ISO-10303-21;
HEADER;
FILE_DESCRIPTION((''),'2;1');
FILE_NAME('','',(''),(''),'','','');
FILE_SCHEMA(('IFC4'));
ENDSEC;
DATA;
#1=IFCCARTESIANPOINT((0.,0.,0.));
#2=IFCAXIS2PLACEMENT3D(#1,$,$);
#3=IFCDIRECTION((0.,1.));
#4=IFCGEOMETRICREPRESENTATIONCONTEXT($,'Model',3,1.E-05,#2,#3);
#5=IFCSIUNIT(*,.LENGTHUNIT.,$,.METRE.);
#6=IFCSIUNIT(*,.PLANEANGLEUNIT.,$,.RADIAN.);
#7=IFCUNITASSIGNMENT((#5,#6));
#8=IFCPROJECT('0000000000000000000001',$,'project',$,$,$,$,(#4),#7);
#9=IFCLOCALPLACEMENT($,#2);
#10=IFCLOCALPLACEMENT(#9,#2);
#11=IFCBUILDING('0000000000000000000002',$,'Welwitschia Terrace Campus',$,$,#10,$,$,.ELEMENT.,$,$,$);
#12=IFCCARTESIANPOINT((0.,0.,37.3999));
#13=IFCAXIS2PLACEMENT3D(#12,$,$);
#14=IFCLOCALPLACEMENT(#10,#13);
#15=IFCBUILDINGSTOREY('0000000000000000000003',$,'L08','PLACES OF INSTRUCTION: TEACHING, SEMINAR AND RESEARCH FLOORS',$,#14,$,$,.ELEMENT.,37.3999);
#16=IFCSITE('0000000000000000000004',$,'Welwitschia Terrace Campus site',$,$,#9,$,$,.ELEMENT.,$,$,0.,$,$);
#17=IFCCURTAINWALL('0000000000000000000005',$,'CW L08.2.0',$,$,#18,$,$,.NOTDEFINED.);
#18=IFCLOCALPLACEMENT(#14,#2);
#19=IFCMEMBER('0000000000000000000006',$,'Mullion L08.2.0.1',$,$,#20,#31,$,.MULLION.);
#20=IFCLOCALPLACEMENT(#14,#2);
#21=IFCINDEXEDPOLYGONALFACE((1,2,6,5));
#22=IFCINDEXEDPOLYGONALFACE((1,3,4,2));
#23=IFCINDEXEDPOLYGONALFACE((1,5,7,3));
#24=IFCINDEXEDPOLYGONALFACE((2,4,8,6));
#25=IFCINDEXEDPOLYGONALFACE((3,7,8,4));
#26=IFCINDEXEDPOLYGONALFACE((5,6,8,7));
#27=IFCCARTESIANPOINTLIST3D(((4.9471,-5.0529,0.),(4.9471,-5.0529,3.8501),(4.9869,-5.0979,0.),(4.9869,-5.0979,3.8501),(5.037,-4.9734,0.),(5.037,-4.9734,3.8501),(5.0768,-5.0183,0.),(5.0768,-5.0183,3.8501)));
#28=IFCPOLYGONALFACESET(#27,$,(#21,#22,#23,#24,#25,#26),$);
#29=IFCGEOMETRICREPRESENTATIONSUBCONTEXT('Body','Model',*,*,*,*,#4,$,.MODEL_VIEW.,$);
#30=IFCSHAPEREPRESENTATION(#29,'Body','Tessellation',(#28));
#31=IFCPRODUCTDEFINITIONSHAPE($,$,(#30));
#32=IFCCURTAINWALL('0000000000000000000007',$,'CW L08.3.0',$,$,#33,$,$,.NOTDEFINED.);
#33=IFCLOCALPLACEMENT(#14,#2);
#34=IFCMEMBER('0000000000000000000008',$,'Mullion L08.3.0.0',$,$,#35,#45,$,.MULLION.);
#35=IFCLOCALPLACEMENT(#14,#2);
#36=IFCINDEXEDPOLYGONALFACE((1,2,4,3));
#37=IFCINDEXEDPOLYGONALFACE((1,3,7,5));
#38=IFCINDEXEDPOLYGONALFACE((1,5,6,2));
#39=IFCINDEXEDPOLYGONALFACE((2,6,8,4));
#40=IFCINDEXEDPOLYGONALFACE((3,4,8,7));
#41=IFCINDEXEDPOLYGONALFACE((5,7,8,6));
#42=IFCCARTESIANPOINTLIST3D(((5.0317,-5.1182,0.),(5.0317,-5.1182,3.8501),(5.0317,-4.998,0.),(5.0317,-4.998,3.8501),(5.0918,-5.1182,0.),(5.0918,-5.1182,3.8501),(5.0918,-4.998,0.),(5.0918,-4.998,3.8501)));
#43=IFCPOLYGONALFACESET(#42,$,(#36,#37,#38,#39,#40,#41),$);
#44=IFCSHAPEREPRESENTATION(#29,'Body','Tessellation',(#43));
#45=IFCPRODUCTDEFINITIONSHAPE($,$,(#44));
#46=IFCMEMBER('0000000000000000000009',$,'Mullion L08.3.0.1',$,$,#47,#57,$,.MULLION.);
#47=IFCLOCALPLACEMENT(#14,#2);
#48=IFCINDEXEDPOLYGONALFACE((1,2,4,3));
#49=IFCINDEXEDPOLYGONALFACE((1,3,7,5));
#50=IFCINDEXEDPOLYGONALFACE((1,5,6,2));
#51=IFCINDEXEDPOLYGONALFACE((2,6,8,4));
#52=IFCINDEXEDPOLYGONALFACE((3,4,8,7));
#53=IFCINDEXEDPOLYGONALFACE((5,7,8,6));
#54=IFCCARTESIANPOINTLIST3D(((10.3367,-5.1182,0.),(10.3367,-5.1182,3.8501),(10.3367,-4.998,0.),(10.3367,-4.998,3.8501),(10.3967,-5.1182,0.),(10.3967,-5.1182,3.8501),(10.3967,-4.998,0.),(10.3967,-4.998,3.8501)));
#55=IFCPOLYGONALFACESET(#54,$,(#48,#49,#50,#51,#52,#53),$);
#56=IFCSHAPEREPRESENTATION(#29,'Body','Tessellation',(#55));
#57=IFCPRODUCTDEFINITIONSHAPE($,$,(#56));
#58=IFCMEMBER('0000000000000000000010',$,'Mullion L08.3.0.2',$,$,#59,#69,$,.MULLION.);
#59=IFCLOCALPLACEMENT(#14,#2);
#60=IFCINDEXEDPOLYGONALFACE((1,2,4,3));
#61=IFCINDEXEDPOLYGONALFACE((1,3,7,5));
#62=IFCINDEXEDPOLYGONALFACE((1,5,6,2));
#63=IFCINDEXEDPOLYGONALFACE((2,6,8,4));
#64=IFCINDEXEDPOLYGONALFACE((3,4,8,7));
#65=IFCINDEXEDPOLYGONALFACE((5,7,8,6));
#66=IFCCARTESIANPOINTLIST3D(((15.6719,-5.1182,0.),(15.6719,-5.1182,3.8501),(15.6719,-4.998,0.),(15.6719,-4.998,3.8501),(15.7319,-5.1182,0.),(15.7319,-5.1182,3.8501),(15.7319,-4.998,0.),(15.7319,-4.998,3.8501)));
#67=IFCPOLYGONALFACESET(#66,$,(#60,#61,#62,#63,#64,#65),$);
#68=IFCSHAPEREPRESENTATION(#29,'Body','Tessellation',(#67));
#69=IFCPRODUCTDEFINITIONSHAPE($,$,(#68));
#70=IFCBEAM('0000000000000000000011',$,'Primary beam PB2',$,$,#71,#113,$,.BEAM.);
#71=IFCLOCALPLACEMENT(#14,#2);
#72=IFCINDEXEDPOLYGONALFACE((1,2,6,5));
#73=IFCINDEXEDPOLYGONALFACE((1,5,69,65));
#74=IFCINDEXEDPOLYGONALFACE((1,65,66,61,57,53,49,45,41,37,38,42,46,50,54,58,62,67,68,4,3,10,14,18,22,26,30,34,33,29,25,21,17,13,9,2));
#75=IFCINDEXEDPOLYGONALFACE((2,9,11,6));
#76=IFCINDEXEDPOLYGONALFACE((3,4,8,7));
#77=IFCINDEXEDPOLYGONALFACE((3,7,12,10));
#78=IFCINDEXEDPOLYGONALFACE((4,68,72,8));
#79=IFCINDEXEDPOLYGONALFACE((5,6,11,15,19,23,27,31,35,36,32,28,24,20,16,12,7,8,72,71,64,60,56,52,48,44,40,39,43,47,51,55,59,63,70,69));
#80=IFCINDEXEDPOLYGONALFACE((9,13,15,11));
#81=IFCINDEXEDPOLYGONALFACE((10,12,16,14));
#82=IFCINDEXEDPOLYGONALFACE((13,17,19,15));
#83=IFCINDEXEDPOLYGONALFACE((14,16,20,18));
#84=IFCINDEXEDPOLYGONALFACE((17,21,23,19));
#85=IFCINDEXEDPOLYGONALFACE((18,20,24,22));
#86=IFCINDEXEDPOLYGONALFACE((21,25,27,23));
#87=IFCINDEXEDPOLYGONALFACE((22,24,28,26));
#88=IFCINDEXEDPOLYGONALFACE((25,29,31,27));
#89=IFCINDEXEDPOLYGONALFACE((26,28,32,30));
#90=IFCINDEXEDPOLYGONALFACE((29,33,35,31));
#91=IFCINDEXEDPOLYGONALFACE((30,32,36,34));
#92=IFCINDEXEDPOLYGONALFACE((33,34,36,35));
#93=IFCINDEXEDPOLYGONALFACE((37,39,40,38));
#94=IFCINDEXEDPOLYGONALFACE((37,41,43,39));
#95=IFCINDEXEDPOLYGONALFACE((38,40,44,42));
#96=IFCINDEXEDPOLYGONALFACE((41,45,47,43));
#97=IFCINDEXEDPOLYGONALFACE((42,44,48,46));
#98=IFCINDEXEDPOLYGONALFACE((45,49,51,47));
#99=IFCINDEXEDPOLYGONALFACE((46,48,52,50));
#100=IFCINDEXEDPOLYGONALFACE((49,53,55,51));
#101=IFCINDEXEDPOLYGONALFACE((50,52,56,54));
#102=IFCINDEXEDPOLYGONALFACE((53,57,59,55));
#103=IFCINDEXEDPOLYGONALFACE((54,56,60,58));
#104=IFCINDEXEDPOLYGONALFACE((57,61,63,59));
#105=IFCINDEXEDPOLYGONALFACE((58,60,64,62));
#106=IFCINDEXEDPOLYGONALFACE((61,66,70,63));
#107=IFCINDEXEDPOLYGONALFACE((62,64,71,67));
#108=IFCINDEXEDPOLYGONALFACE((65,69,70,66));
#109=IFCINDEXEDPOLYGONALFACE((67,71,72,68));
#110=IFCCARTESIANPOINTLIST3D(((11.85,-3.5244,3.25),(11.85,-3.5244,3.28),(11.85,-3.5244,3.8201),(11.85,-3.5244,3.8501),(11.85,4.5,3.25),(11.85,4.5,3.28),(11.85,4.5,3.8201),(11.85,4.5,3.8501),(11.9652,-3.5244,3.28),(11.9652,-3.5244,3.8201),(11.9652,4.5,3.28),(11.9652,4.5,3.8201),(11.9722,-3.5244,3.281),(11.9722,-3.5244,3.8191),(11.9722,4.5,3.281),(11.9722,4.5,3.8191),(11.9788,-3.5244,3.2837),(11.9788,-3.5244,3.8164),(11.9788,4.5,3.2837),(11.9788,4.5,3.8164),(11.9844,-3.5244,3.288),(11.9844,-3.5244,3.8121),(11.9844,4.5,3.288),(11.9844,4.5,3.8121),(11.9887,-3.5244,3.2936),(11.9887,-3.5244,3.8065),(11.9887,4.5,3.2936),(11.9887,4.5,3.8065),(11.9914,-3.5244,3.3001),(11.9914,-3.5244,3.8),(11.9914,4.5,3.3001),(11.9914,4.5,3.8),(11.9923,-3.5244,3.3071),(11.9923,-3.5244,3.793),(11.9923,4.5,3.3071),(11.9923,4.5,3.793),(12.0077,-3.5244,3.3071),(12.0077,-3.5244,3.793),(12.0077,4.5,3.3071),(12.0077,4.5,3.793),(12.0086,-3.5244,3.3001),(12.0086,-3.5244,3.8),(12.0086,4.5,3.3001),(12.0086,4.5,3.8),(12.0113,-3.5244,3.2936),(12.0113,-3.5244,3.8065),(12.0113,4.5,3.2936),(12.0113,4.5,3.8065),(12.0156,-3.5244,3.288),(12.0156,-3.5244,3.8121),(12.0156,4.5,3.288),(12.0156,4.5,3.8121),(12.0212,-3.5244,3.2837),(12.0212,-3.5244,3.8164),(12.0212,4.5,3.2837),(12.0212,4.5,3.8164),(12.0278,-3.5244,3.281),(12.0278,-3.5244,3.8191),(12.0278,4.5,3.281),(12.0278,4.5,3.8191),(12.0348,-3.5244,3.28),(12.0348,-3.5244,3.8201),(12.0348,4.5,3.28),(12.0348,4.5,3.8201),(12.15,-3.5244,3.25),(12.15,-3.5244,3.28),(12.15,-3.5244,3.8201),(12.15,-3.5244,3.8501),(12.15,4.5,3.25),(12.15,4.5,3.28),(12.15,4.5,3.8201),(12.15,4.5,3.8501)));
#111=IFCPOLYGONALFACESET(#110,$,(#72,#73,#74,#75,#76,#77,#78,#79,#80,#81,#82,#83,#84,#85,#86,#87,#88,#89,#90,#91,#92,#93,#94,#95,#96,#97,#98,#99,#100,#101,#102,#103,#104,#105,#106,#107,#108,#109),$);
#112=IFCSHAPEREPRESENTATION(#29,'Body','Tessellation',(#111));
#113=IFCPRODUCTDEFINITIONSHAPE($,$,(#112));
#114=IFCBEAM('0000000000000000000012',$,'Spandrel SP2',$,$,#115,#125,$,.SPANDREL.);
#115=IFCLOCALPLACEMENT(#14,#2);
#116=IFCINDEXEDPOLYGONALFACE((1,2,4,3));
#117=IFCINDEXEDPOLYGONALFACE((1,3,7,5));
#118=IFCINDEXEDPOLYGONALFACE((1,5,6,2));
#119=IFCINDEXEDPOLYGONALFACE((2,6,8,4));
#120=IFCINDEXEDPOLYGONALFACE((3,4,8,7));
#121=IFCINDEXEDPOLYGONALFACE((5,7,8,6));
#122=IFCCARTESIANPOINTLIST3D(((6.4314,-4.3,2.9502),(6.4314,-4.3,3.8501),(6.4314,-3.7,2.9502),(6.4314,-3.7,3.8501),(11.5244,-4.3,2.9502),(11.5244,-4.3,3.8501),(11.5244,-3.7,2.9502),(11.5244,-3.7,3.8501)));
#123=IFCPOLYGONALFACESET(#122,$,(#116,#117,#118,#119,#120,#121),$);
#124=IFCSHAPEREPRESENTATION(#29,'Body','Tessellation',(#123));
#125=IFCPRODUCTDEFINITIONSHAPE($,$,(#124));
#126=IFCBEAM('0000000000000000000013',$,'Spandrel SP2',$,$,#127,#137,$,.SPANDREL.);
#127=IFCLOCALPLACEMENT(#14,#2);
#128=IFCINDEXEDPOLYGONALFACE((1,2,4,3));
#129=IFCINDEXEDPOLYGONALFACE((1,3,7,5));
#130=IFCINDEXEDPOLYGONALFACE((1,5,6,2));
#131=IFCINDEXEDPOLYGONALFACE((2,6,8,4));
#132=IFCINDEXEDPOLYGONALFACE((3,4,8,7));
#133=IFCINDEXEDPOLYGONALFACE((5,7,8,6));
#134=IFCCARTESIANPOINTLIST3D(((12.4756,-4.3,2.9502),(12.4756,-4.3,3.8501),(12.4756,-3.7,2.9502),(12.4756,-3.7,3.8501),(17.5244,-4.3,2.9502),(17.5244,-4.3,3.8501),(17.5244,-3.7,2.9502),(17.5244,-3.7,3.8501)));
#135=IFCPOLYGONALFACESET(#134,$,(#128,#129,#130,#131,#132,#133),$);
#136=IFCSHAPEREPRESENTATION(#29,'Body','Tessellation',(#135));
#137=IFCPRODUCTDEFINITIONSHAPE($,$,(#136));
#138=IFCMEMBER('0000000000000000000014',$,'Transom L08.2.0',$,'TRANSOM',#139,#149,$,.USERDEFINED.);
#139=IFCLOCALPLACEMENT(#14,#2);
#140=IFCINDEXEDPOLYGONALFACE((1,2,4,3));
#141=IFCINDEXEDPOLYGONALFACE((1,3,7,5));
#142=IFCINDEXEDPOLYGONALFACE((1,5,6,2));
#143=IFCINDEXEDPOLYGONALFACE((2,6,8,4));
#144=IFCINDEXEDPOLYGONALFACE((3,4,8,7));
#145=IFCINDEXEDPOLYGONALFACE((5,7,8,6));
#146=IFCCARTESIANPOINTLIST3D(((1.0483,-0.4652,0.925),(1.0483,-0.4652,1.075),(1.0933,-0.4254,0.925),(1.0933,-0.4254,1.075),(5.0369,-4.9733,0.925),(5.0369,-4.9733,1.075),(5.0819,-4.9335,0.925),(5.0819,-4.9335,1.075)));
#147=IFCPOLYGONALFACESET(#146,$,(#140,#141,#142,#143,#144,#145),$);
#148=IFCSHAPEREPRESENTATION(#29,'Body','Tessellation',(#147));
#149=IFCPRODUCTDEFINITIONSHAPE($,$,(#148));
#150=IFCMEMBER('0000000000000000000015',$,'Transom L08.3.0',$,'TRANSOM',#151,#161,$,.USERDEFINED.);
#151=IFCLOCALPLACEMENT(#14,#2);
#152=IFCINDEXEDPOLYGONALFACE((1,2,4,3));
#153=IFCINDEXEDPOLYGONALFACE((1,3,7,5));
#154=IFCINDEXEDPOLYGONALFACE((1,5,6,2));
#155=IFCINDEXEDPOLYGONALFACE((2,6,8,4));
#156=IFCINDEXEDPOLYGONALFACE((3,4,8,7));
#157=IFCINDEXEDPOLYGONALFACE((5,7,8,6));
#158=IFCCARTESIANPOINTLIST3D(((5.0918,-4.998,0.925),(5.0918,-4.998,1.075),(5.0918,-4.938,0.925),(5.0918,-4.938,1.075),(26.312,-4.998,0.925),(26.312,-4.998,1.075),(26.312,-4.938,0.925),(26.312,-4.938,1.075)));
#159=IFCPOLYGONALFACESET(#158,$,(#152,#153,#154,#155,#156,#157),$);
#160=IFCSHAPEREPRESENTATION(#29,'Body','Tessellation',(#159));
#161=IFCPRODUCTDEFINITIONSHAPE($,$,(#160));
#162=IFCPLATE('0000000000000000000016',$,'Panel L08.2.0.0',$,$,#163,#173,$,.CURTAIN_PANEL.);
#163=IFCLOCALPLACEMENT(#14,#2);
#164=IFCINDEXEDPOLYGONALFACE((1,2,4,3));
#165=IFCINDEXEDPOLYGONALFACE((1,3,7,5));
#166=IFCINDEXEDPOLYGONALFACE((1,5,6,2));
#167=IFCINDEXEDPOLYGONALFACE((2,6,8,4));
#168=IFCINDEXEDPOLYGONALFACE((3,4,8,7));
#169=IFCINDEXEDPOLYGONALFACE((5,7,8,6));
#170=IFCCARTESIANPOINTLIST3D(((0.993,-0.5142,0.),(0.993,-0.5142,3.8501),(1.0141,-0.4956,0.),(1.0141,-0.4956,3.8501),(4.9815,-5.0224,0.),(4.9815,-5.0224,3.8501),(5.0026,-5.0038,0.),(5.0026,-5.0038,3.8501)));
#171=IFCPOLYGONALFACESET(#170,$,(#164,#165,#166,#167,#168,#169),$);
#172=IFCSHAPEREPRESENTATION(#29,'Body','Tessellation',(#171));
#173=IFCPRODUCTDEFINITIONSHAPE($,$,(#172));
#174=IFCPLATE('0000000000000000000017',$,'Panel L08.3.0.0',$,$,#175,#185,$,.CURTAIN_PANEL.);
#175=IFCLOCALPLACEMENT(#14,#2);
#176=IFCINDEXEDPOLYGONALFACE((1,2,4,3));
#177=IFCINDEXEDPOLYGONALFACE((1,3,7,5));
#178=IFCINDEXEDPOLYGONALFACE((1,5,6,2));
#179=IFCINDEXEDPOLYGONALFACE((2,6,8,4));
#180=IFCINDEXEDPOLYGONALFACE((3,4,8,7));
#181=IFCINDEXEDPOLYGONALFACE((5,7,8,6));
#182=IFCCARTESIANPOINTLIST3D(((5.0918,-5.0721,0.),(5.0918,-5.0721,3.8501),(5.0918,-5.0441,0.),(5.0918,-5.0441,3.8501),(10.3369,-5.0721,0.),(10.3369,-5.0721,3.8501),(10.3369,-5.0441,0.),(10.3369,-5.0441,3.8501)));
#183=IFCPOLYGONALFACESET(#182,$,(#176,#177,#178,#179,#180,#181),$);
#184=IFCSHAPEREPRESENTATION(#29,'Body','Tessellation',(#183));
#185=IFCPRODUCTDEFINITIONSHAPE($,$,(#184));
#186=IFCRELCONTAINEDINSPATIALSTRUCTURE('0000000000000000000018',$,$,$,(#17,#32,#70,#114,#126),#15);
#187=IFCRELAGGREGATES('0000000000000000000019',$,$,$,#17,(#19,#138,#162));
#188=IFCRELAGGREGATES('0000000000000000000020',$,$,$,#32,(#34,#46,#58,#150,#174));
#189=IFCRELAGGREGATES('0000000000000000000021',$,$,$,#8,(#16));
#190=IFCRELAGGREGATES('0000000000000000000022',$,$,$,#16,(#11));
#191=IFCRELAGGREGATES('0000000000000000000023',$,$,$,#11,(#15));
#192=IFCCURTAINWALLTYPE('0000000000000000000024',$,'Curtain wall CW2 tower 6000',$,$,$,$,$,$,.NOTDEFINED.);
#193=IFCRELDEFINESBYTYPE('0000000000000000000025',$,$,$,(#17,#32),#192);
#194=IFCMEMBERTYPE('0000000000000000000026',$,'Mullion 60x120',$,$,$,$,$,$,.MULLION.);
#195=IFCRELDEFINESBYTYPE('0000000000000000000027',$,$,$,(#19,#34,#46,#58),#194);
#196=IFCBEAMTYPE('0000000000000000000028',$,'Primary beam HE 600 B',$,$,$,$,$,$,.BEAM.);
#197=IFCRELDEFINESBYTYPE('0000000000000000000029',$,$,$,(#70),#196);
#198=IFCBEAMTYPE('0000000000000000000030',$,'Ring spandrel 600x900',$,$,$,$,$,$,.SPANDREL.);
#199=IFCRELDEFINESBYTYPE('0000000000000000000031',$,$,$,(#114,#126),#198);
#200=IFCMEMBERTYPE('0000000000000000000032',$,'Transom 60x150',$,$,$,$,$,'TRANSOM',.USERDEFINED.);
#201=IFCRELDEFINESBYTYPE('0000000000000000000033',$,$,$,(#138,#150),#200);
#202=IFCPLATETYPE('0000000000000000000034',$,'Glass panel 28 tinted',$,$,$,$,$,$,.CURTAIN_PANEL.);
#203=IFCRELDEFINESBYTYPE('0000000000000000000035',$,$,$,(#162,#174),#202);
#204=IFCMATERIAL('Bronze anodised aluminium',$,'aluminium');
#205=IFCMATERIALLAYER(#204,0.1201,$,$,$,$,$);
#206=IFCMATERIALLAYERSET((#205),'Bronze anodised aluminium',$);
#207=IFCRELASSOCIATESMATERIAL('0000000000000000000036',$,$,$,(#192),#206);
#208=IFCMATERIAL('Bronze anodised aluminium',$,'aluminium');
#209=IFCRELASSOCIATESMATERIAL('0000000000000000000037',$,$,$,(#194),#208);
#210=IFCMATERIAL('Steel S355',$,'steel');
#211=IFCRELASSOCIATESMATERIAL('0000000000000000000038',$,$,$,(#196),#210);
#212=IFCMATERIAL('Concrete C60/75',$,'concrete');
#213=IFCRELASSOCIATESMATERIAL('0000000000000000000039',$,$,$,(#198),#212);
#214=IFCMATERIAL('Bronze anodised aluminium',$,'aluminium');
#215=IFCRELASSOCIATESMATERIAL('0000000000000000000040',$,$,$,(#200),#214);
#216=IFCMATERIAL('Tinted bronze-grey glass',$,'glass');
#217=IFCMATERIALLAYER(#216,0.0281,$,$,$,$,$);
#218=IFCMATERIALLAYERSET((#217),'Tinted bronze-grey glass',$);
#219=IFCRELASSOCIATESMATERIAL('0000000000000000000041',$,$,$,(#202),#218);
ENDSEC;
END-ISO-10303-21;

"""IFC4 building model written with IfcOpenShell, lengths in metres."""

from ifc_helpers import new_model, si_unit, direction, frame, origin, origin_2d, place, context, subcontext, project, spatial, rectangle, i_section, extrude, material, layer, layer_set, material_profile, profile_set, type_object, element, aggregate, save


model = new_model("IFC4")

# Units and contexts
model_context = context("Model", 3, precision=1e-05, world=origin(), true_north=direction((0.0, 1.0)))
body_context = subcontext(model_context, "Body", "Model", "MODEL_VIEW")
ifc_project = project(units=[si_unit("LENGTHUNIT", "METRE"), si_unit("PLANEANGLEUNIT", "RADIAN")], contexts=[model_context])

# Site, building, storey
site_placement = place(None, origin())
site = spatial("IfcSite", under=ifc_project, at=site_placement, Name="Welwitschia Terrace Campus site", CompositionType="ELEMENT", RefElevation=0.0)
building_placement = place(site_placement, origin())
building = spatial("IfcBuilding", under=site, at=building_placement, Name="Welwitschia Terrace Campus", CompositionType="ELEMENT")
storey_placement = place(building_placement, frame((0.0, 0.0, 37.3999)))
storey = spatial("IfcBuildingStorey", under=building, at=storey_placement, Name="L08", Description="PLACES OF INSTRUCTION: TEACHING, SEMINAR AND RESEARCH FLOORS", CompositionType="ELEMENT", Elevation=37.3999)

# Curtain walls, members
ifc_material_1 = material(Name="Bronze anodised aluminium", Category="aluminium")
ifc_layer_1 = layer(ifc_material_1, 0.1201)
ifc_layer_set_1 = layer_set([ifc_layer_1], Name="Bronze anodised aluminium")
curtain_wall_type = type_object("IfcCurtainWallType", Name="Curtain wall CW2 tower 6000", PredefinedType="NOTDEFINED", material=ifc_layer_set_1)
curtain_wall_1_placement = place(storey_placement, origin())
curtain_wall_1 = element("IfcCurtainWall", 1, at=curtain_wall_1_placement, inside=storey, type_object=curtain_wall_type, Name="CW L08.2.0", PredefinedType="NOTDEFINED")
ifc_material_2 = material(Name="Bronze anodised aluminium", Category="aluminium")
ifc_material_profile_1 = material_profile(ifc_material_2, rectangle(XDim=0.1201, YDim=0.0601, at=origin_2d()))
ifc_profile_set_1 = profile_set([ifc_material_profile_1], Name="Bronze anodised aluminium")
member_type_1 = type_object("IfcMemberType", Name="Mullion 60x120", PredefinedType="MULLION", material=ifc_profile_set_1)
member_1_placement = place(storey_placement, frame((5.012, -5.0356, 0.0), z_axis=(0.0, 0.0, 1.0), x_axis=(0.748956, 0.66262, 0.0)))
member_1 = element("IfcMember", 2, at=member_1_placement, type_object=member_type_1, Name="Mullion L08.2.0.1", PredefinedType="MULLION", context=body_context, shape_type="SweptSolid", body=[
    extrude(rectangle(XDim=0.1201, YDim=0.0601, at=origin_2d()), origin(), (0.0, 0.0, 1.0), 3.8501),
])
curtain_wall_2_placement = place(storey_placement, origin())
curtain_wall_2 = element("IfcCurtainWall", 3, at=curtain_wall_2_placement, inside=storey, type_object=curtain_wall_type, Name="CW L08.3.0", PredefinedType="NOTDEFINED")
member_2_placement = place(storey_placement, frame((5.0618, -5.0581, 0.0), z_axis=(0.0, 0.0, 1.0), x_axis=(0.0, 1.0, 0.0)))
member_2 = element("IfcMember", 4, at=member_2_placement, type_object=member_type_1, Name="Mullion L08.3.0.0", PredefinedType="MULLION", context=body_context, shape_type="SweptSolid", body=[
    extrude(rectangle(XDim=0.1201, YDim=0.0601, at=origin_2d()), origin(), (0.0, 0.0, 1.0), 3.8501),
])
member_3_placement = place(storey_placement, frame((10.3667, -5.0581, 0.0), z_axis=(0.0, 0.0, 1.0), x_axis=(0.0, 1.0, 0.0)))
member_3 = element("IfcMember", 5, at=member_3_placement, type_object=member_type_1, Name="Mullion L08.3.0.1", PredefinedType="MULLION", context=body_context, shape_type="SweptSolid", body=[
    extrude(rectangle(XDim=0.1201, YDim=0.0601, at=origin_2d()), origin(), (0.0, 0.0, 1.0), 3.8501),
])
member_4_placement = place(storey_placement, frame((15.7019, -5.0581, 0.0), z_axis=(0.0, 0.0, 1.0), x_axis=(0.0, 1.0, 0.0)))
member_4 = element("IfcMember", 6, at=member_4_placement, type_object=member_type_1, Name="Mullion L08.3.0.2", PredefinedType="MULLION", context=body_context, shape_type="SweptSolid", body=[
    extrude(rectangle(XDim=0.1201, YDim=0.0601, at=origin_2d()), origin(), (0.0, 0.0, 1.0), 3.8501),
])

# Beams
ifc_material_3 = material(Name="Steel S355", Category="steel")
ifc_material_profile_2 = material_profile(ifc_material_3, i_section(OverallWidth=0.3, OverallDepth=0.6001, WebThickness=0.0154, FlangeThickness=0.03, FilletRadius=0.0271, at=origin_2d()))
ifc_profile_set_2 = profile_set([ifc_material_profile_2], Name="Steel S355")
beam_type_1 = type_object("IfcBeamType", Name="Primary beam HE 600 B", PredefinedType="BEAM", material=ifc_profile_set_2)
beam_1_placement = place(storey_placement, frame((12.0, -3.5244, 3.55), z_axis=(0.0, 1.0, 0.0), x_axis=(-1.0, 0.0, 0.0)))
element("IfcBeam", 7, at=beam_1_placement, inside=storey, type_object=beam_type_1, Name="Primary beam PB2", PredefinedType="BEAM", context=body_context, shape_type="SweptSolid", body=[
    extrude(i_section(OverallWidth=0.3, OverallDepth=0.6001, WebThickness=0.0154, FlangeThickness=0.03, FilletRadius=0.0271, at=origin_2d()), origin(), (0.0, 0.0, 1.0), 8.0244),
])
ifc_material_4 = material(Name="Concrete C60/75", Category="concrete")
ifc_material_profile_3 = material_profile(ifc_material_4, rectangle(XDim=0.6001, YDim=0.8999, at=origin_2d()))
ifc_profile_set_3 = profile_set([ifc_material_profile_3], Name="Concrete C60/75")
beam_type_2 = type_object("IfcBeamType", Name="Ring spandrel 600x900", PredefinedType="SPANDREL", material=ifc_profile_set_3)
beam_2_placement = place(storey_placement, frame((6.4314, -4.0, 3.4001), z_axis=(1.0, 0.0, 0.0), x_axis=(0.0, 1.0, 0.0)))
element("IfcBeam", 8, at=beam_2_placement, inside=storey, type_object=beam_type_2, Name="Spandrel SP2", PredefinedType="SPANDREL", context=body_context, shape_type="SweptSolid", body=[
    extrude(rectangle(XDim=0.6001, YDim=0.8999, at=origin_2d()), origin(), (0.0, 0.0, 1.0), 5.093),
])
beam_3_placement = place(storey_placement, frame((12.4756, -4.0, 3.4001), z_axis=(1.0, 0.0, 0.0), x_axis=(0.0, 1.0, 0.0)))
element("IfcBeam", 9, at=beam_3_placement, inside=storey, type_object=beam_type_2, Name="Spandrel SP2", PredefinedType="SPANDREL", context=body_context, shape_type="SweptSolid", body=[
    extrude(rectangle(XDim=0.6001, YDim=0.8999, at=origin_2d()), origin(), (0.0, 0.0, 1.0), 5.0488),
])

# Members
ifc_material_5 = material(Name="Bronze anodised aluminium", Category="aluminium")
ifc_material_profile_4 = material_profile(ifc_material_5, rectangle(XDim=0.0601, YDim=0.1499, at=origin_2d()))
ifc_profile_set_4 = profile_set([ifc_material_profile_4], Name="Bronze anodised aluminium")
member_type_2 = type_object("IfcMemberType", Name="Transom 60x150", ElementType="TRANSOM", PredefinedType="USERDEFINED", material=ifc_profile_set_4)
member_5_placement = place(storey_placement, frame((1.0708, -0.4453, 1.0), z_axis=(0.662633, -0.748945, 0.0), x_axis=(0.748945, 0.662633, 0.0)))
member_5 = element("IfcMember", 10, at=member_5_placement, type_object=member_type_2, Name="Transom L08.2.0", ObjectType="TRANSOM", PredefinedType="USERDEFINED", context=body_context, shape_type="SweptSolid", body=[
    extrude(rectangle(XDim=0.0601, YDim=0.1499, at=origin_2d()), origin(), (0.0, 0.0, 1.0), 6.0193),
])
member_6_placement = place(storey_placement, frame((5.0918, -4.968, 1.0), z_axis=(1.0, 0.0, 0.0), x_axis=(0.0, 1.0, 0.0)))
member_6 = element("IfcMember", 11, at=member_6_placement, type_object=member_type_2, Name="Transom L08.3.0", ObjectType="TRANSOM", PredefinedType="USERDEFINED", context=body_context, shape_type="SweptSolid", body=[
    extrude(rectangle(XDim=0.0601, YDim=0.1499, at=origin_2d()), origin(), (0.0, 0.0, 1.0), 21.2202),
])

# Plates
ifc_material_6 = material(Name="Tinted bronze-grey glass", Category="glass")
ifc_layer_2 = layer(ifc_material_6, 0.0281)
ifc_layer_set_2 = layer_set([ifc_layer_2], Name="Tinted bronze-grey glass")
plate_type = type_object("IfcPlateType", Name="Glass panel 28 tinted", PredefinedType="CURTAIN_PANEL", material=ifc_layer_set_2)
plate_1_placement = place(storey_placement, frame((2.9978, -2.759, 0.0), z_axis=(0.0, 0.0, 1.0), x_axis=(0.66262, -0.748956, 0.0)))
plate_1 = element("IfcPlate", 12, at=plate_1_placement, type_object=plate_type, Name="Panel L08.2.0.0", PredefinedType="CURTAIN_PANEL", context=body_context, shape_type="SweptSolid", body=[
    extrude(rectangle(XDim=6.0193, YDim=0.0281, at=origin_2d()), origin(), (0.0, 0.0, 1.0), 3.8501),
])
aggregate(curtain_wall_1, [member_1, member_5, plate_1])
plate_2_placement = place(storey_placement, frame((7.7144, -5.0581, 0.0), z_axis=(0.0, 0.0, 1.0), x_axis=(1.0, 0.0, 0.0)))
plate_2 = element("IfcPlate", 13, at=plate_2_placement, type_object=plate_type, Name="Panel L08.3.0.0", PredefinedType="CURTAIN_PANEL", context=body_context, shape_type="SweptSolid", body=[
    extrude(rectangle(XDim=5.2451, YDim=0.0281, at=origin_2d()), origin(), (0.0, 0.0, 1.0), 3.8501),
])
aggregate(curtain_wall_2, [member_2, member_3, member_4, member_6, plate_2])

save(model, "model.ifc")
